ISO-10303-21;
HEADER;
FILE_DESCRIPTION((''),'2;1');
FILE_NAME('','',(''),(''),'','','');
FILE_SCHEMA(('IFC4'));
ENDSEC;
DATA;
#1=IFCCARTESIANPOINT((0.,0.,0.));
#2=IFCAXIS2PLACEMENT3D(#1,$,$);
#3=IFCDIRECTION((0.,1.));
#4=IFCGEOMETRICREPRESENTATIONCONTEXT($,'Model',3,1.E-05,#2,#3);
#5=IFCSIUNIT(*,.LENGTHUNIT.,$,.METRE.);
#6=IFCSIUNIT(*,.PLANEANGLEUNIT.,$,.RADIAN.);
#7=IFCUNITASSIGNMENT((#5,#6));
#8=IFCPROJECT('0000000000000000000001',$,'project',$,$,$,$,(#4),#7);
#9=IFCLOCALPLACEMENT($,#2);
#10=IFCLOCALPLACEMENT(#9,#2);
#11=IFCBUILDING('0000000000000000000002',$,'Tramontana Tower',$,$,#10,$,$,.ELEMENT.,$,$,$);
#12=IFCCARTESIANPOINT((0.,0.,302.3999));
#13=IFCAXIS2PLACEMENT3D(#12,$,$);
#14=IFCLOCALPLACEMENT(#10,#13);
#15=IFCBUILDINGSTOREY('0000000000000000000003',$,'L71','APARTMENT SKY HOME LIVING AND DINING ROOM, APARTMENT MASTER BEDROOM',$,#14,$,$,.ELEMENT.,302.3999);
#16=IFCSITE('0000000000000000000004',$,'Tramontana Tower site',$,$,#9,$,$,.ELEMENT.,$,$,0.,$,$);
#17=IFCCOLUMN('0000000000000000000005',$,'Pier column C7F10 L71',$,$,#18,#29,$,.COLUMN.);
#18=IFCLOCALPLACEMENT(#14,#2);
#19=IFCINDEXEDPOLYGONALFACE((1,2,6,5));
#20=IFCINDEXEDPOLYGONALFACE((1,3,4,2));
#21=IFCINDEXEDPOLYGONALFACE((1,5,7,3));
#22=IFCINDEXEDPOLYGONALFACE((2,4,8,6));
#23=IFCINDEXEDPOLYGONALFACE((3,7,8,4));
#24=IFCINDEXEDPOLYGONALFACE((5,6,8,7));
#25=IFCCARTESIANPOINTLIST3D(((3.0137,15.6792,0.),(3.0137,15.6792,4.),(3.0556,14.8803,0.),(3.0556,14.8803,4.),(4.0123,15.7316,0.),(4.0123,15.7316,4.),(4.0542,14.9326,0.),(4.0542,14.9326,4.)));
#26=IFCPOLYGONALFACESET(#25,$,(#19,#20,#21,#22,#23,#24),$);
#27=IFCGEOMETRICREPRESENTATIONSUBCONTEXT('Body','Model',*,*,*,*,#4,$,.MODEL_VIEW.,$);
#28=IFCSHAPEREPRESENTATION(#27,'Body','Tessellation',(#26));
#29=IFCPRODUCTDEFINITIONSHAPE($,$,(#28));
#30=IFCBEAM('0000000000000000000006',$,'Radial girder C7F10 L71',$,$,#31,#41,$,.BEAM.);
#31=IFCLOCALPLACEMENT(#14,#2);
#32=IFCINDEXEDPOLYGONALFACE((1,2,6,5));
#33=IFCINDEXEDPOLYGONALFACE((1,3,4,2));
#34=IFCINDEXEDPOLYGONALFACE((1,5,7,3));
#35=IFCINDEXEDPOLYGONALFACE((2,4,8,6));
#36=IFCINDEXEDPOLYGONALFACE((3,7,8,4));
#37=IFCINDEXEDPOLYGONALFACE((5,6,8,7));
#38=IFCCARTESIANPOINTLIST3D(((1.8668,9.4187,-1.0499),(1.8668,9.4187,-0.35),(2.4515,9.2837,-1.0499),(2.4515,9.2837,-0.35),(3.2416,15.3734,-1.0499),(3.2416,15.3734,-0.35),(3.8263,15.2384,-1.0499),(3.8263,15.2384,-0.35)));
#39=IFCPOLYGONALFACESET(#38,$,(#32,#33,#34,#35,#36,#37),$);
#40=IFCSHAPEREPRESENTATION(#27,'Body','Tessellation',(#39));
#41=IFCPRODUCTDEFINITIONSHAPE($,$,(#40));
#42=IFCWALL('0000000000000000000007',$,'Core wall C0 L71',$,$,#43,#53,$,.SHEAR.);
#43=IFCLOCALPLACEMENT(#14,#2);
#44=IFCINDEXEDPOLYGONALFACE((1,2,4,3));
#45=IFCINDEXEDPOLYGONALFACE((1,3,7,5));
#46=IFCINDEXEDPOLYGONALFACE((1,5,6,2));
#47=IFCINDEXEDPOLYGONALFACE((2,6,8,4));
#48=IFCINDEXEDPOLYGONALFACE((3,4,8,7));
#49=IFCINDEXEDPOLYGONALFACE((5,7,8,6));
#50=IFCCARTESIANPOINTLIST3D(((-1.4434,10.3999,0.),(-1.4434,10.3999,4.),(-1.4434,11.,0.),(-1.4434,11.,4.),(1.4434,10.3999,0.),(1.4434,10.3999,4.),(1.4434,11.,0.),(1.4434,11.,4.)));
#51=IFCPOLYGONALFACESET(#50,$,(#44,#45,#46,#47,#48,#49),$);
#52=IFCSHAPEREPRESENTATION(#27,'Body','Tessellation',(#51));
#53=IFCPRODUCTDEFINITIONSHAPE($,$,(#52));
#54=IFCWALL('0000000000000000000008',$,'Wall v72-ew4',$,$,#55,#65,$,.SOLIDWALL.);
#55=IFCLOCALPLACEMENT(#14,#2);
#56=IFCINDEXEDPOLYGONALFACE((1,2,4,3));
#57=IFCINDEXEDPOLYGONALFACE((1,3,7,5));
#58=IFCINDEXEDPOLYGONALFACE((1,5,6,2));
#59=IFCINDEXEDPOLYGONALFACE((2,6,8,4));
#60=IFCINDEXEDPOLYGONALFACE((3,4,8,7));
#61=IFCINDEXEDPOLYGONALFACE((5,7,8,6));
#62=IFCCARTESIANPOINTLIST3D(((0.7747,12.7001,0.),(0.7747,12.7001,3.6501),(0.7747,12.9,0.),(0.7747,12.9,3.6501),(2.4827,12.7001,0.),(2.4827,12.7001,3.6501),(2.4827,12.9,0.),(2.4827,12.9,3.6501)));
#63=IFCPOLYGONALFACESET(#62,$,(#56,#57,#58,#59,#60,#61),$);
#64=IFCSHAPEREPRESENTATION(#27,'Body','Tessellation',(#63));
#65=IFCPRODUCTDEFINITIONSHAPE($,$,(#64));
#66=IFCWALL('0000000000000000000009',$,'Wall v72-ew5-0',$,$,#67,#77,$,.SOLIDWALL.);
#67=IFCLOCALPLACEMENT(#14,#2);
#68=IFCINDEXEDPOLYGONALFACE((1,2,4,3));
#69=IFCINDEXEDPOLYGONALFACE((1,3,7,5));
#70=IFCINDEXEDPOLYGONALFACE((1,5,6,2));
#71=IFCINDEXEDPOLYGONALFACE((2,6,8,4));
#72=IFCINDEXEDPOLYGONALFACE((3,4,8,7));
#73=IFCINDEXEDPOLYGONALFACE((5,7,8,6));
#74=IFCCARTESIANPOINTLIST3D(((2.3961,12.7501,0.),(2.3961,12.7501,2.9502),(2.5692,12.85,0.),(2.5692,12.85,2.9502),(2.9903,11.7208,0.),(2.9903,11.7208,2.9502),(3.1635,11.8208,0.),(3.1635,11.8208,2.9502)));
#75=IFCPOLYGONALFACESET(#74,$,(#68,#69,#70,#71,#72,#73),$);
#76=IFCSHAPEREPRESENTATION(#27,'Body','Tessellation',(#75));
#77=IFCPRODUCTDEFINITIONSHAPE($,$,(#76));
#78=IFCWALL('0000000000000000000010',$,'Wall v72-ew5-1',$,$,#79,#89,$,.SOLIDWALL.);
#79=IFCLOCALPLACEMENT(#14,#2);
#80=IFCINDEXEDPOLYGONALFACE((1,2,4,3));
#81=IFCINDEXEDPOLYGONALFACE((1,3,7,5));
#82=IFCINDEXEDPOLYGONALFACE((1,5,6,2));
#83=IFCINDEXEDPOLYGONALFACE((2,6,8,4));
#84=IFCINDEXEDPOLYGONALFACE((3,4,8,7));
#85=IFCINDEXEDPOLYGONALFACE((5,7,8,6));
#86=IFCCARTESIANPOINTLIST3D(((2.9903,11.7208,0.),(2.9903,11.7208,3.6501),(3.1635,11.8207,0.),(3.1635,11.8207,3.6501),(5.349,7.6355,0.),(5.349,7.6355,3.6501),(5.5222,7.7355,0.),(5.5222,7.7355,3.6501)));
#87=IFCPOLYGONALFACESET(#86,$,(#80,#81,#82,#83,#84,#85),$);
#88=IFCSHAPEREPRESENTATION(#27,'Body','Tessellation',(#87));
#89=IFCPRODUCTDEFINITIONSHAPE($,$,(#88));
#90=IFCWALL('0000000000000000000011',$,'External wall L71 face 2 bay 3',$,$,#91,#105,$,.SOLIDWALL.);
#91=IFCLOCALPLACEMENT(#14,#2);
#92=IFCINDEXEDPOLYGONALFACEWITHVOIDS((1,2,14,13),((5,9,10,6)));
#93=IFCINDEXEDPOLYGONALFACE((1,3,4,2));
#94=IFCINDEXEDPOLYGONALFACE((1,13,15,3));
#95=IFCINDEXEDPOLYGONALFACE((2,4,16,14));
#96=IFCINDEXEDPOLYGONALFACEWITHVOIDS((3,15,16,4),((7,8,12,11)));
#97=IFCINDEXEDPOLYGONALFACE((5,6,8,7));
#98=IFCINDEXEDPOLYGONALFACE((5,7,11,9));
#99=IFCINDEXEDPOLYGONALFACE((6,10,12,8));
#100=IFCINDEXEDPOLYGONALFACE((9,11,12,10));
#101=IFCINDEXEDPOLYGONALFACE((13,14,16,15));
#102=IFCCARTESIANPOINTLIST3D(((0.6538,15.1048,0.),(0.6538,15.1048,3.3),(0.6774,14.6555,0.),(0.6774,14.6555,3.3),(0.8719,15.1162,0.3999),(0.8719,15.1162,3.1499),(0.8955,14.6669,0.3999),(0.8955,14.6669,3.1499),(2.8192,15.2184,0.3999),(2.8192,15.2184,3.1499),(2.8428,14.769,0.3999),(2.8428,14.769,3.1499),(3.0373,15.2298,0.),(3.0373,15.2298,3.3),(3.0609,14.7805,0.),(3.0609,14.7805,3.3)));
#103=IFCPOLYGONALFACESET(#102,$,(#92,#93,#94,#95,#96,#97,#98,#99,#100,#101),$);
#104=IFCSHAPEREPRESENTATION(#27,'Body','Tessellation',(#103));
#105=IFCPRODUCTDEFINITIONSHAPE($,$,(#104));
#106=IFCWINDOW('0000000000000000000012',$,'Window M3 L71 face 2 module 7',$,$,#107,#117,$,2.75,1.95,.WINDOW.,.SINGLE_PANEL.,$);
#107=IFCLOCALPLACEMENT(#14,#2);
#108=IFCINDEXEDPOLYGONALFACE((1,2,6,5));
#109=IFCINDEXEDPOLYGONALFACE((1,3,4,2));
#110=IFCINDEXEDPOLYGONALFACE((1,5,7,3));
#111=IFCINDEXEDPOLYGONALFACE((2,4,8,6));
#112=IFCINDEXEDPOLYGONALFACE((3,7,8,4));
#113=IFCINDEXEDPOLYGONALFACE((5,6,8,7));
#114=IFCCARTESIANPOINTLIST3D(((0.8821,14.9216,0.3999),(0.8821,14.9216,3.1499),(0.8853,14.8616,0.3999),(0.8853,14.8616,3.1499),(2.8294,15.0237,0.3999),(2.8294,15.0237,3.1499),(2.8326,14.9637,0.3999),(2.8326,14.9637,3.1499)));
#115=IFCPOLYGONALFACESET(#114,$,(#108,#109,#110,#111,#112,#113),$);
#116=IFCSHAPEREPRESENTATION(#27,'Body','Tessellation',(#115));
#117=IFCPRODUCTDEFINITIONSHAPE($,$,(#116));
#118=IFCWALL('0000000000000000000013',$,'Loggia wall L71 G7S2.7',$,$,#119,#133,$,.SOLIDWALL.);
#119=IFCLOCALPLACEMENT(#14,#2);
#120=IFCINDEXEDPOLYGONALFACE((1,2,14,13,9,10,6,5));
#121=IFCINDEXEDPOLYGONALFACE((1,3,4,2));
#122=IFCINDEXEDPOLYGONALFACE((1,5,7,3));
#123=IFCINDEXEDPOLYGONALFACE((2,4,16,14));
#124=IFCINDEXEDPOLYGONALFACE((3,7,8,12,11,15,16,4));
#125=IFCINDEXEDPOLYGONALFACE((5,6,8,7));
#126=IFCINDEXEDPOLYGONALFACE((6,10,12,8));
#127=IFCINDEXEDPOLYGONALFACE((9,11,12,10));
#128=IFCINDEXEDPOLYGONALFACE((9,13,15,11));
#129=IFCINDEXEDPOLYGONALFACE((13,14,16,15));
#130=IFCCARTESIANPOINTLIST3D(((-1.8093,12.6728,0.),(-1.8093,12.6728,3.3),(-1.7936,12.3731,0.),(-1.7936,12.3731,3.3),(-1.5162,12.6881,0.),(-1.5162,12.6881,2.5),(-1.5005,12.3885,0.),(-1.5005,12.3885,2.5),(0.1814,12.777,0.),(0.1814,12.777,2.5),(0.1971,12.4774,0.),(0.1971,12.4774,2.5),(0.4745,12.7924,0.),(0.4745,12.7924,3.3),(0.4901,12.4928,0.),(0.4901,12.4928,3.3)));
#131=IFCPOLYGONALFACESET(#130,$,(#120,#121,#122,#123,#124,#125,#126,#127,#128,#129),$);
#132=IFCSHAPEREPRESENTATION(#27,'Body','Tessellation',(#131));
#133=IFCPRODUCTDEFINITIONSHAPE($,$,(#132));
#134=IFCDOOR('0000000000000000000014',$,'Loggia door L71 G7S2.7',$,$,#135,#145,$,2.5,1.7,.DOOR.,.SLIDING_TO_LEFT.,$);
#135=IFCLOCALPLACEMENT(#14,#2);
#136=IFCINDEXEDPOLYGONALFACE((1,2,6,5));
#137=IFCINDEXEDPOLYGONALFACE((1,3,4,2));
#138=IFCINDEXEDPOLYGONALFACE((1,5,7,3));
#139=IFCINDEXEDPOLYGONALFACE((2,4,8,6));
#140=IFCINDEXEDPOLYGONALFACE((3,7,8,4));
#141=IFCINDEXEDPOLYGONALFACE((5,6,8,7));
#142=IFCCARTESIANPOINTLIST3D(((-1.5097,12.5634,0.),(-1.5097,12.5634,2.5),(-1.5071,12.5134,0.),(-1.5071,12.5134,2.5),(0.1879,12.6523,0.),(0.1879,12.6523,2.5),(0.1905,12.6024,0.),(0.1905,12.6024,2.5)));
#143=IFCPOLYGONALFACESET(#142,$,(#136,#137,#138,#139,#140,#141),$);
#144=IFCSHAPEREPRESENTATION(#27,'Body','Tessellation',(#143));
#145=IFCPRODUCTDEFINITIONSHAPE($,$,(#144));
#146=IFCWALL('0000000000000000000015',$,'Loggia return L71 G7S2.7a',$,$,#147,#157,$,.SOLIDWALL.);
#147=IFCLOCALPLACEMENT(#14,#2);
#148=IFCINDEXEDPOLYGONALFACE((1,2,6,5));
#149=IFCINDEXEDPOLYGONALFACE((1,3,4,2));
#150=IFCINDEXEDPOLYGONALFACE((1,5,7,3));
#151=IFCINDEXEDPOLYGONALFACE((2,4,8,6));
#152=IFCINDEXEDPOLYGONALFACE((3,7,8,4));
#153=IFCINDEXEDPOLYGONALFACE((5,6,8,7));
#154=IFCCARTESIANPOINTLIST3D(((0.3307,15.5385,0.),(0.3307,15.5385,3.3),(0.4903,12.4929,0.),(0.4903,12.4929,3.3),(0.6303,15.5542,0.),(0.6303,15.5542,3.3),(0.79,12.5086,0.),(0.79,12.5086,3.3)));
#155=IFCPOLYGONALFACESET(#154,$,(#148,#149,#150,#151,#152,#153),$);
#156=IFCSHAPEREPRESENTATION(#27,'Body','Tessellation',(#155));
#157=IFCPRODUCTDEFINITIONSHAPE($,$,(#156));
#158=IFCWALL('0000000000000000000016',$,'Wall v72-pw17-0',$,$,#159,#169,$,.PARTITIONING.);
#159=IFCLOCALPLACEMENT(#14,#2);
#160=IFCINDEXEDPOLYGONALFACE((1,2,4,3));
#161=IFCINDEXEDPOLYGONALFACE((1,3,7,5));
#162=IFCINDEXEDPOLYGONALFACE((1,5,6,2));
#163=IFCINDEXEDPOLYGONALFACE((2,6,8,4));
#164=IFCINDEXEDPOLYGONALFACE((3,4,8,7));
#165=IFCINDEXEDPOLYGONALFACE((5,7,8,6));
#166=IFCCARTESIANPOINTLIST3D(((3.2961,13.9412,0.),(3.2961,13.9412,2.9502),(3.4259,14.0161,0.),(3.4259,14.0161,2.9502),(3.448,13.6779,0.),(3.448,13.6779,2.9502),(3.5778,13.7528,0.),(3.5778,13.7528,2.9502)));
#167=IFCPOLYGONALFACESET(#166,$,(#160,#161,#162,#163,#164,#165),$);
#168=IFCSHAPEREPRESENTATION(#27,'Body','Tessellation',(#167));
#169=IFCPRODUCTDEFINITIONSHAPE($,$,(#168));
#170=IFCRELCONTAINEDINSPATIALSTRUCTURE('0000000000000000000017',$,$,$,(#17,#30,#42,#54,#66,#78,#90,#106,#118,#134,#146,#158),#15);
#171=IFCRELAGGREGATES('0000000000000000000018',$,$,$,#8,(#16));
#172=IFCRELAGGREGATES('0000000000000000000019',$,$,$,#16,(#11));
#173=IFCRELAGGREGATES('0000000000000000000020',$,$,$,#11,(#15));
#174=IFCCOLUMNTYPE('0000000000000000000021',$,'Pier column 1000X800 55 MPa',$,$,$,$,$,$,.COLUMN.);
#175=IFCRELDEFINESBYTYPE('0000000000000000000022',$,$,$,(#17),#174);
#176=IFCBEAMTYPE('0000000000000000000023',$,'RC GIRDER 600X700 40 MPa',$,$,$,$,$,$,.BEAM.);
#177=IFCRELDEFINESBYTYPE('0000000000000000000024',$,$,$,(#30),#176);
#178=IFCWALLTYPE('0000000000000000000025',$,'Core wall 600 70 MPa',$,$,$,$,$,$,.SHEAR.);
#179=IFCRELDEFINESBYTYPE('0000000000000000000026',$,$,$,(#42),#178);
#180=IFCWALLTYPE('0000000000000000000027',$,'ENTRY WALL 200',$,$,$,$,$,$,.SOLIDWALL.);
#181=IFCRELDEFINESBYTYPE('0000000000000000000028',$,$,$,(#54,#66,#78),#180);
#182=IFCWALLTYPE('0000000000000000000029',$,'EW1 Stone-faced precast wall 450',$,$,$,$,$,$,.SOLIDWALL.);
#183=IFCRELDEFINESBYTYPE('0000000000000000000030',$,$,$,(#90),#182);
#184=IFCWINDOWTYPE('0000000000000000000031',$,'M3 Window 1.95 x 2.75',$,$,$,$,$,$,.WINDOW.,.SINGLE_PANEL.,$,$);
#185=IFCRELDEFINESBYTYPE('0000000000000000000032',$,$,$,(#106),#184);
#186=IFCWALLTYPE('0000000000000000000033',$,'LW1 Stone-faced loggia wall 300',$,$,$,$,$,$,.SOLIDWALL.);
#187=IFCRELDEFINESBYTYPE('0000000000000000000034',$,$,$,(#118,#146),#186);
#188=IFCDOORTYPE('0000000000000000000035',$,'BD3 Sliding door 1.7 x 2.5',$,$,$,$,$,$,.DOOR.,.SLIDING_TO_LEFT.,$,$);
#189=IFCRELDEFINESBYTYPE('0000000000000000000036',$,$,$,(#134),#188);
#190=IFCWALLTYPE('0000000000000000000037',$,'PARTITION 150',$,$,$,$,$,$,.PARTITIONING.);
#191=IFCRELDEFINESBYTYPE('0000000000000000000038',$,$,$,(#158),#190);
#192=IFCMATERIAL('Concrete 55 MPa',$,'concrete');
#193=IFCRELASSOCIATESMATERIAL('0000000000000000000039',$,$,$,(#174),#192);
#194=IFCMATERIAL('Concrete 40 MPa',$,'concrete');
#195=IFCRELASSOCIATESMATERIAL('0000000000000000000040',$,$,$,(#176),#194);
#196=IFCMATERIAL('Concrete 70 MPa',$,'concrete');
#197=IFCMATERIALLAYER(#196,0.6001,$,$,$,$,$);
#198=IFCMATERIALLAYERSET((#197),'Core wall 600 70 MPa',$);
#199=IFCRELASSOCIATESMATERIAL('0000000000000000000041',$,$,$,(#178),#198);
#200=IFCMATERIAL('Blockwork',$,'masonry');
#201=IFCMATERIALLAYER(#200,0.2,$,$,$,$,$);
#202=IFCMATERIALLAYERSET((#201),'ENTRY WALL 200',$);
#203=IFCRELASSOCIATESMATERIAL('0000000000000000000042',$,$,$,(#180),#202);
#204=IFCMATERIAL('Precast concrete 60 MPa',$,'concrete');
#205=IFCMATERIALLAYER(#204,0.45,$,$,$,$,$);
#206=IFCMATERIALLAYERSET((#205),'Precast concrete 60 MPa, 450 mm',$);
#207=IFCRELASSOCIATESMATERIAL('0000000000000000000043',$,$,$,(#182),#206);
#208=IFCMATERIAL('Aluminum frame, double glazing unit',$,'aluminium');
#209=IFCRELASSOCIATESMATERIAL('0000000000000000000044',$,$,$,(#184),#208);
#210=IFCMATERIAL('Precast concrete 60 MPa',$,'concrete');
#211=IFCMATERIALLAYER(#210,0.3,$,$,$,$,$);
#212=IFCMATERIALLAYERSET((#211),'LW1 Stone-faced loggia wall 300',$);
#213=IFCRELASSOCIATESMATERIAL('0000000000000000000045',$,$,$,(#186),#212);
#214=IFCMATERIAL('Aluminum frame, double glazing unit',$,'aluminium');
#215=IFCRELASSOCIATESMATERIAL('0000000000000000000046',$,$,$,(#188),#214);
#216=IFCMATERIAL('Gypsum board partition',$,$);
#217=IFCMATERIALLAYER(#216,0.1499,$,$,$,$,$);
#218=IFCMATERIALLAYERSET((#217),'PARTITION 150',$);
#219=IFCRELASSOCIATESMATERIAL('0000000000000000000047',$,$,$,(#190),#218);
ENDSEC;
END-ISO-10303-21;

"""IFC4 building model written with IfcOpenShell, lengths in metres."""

from ifc_helpers import new_model, si_unit, direction, frame, frame_2d, origin, origin_2d, place, context, subcontext, project, spatial, rectangle, extrude, material, layer, layer_set, material_profile, profile_set, type_object, element, fill, save


model = new_model("IFC4")

# Units and contexts
model_context = context("Model", 3, precision=1e-05, world=origin(), true_north=direction((0.0, 1.0)))
body_context = subcontext(model_context, "Body", "Model", "MODEL_VIEW")
ifc_project = project(units=[si_unit("LENGTHUNIT", "METRE"), si_unit("PLANEANGLEUNIT", "RADIAN")], contexts=[model_context])

# Site, building, storey
site_placement = place(None, origin())
site = spatial("IfcSite", under=ifc_project, at=site_placement, Name="Tramontana Tower site", CompositionType="ELEMENT", RefElevation=0.0)
building_placement = place(site_placement, origin())
building = spatial("IfcBuilding", under=site, at=building_placement, Name="Tramontana Tower", CompositionType="ELEMENT")
storey_placement = place(building_placement, frame((0.0, 0.0, 302.3999)))
storey = spatial("IfcBuildingStorey", under=building, at=storey_placement, Name="L71", Description="APARTMENT SKY HOME LIVING AND DINING ROOM, APARTMENT MASTER BEDROOM", CompositionType="ELEMENT", Elevation=302.3999)

# Column
ifc_material_1 = material(Name="Concrete 55 MPa", Category="concrete")
ifc_material_profile_1 = material_profile(ifc_material_1, rectangle(XDim=1.0, YDim=0.8, at=origin_2d()), Name="Pier column 1000X800 55 MPa")
ifc_profile_set_1 = profile_set([ifc_material_profile_1], Name="Concrete 55 MPa")
column_type = type_object("IfcColumnType", Name="Pier column 1000X800 55 MPa", PredefinedType="COLUMN", material=ifc_profile_set_1)
column_placement = place(storey_placement, frame((3.5339, 15.3059, 0.0), z_axis=(0.0, 0.0, 1.0), x_axis=(-0.99863, -0.052336, 0.0)))
element("IfcColumn", 1, at=column_placement, inside=storey, type_object=column_type, Name="Pier column C7F10 L71", PredefinedType="COLUMN", context=body_context, shape_type="SweptSolid", body=[
    extrude(rectangle(XDim=1.0, YDim=0.8, at=origin_2d()), origin(), (0.0, 0.0, 1.0), 4.0),
])

# Beam
ifc_material_2 = material(Name="Concrete 40 MPa", Category="concrete")
ifc_material_profile_2 = material_profile(ifc_material_2, rectangle(XDim=0.6001, YDim=0.7, at=origin_2d()), Name="RC GIRDER 600X700 40 MPa")
ifc_profile_set_2 = profile_set([ifc_material_profile_2], Name="Concrete 40 MPa")
beam_type = type_object("IfcBeamType", Name="RC GIRDER 600X700 40 MPa", PredefinedType="BEAM", material=ifc_profile_set_2)
beam_placement = place(storey_placement, frame((3.5339, 15.3059, -0.7), z_axis=(-0.224956, -0.974369, 0.0), x_axis=(0.974369, -0.224956, 0.0)))
element("IfcBeam", 2, at=beam_placement, inside=storey, type_object=beam_type, Name="Radial girder C7F10 L71", PredefinedType="BEAM", context=body_context, shape_type="SweptSolid", body=[
    extrude(rectangle(XDim=0.6001, YDim=0.7, at=origin_2d()), origin(), (0.0, 0.0, 1.0), 6.1113),
])

# Walls
ifc_material_3 = material(Name="Concrete 70 MPa", Category="concrete")
ifc_layer_1 = layer(ifc_material_3, 0.6001)
ifc_layer_set_1 = layer_set([ifc_layer_1], Name="Core wall 600 70 MPa")
wall_type_1 = type_object("IfcWallType", Name="Core wall 600 70 MPa", PredefinedType="SHEAR", material=ifc_layer_set_1)
wall_1_placement = place(storey_placement, frame((1.4434, 10.7, 0.0), z_axis=(0.0, 0.0, 1.0), x_axis=(-1.0, 0.0, 0.0)))
element("IfcWall", 3, at=wall_1_placement, inside=storey, type_object=wall_type_1, Name="Core wall C0 L71", PredefinedType="SHEAR", context=body_context, shape_type="SweptSolid", body=[
    extrude(rectangle(XDim=2.8867, YDim=0.6001, at=frame_2d((1.4434, 0.0))), origin(), (0.0, 0.0, 1.0), 4.0),
])
ifc_material_4 = material(Name="Blockwork", Category="masonry")
ifc_layer_2 = layer(ifc_material_4, 0.2)
ifc_layer_set_2 = layer_set([ifc_layer_2], Name="ENTRY WALL 200")
wall_type_2 = type_object("IfcWallType", Name="ENTRY WALL 200", PredefinedType="SOLIDWALL", material=ifc_layer_set_2)
wall_2_placement = place(storey_placement, frame((0.7747, 12.8, 0.0), z_axis=(0.0, 0.0, 1.0), x_axis=(1.0, 0.0, 0.0)))
element("IfcWall", 4, at=wall_2_placement, inside=storey, type_object=wall_type_2, Name="Wall v72-ew4", PredefinedType="SOLIDWALL", context=body_context, shape_type="SweptSolid", body=[
    extrude(rectangle(XDim=1.708, YDim=0.2, at=frame_2d((0.854, 0.0))), origin(), (0.0, 0.0, 1.0), 3.6501),
])
wall_3_placement = place(storey_placement, frame((2.4827, 12.8, 0.0), z_axis=(0.0, 0.0, 1.0), x_axis=(0.499983, -0.866035, 0.0)))
element("IfcWall", 5, at=wall_3_placement, inside=storey, type_object=wall_type_2, Name="Wall v72-ew5-0", PredefinedType="SOLIDWALL", context=body_context, shape_type="SweptSolid", body=[
    extrude(rectangle(XDim=1.1885, YDim=0.2, at=frame_2d((0.5942, 0.0))), origin(), (0.0, 0.0, 1.0), 2.9502),
])
wall_4_placement = place(storey_placement, frame((3.0769, 11.7708, 0.0), z_axis=(0.0, 0.0, 1.0), x_axis=(0.500008, -0.866021, 0.0)))
element("IfcWall", 6, at=wall_4_placement, inside=storey, type_object=wall_type_2, Name="Wall v72-ew5-1", PredefinedType="SOLIDWALL", context=body_context, shape_type="SweptSolid", body=[
    extrude(rectangle(XDim=4.7173, YDim=0.2, at=frame_2d((2.3586, 0.0))), origin(), (0.0, 0.0, 1.0), 3.6501),
])

# Wall, opening, window
ifc_material_5 = material(Name="Precast concrete 60 MPa", Category="concrete")
ifc_layer_3 = layer(ifc_material_5, 0.45)
ifc_layer_set_3 = layer_set([ifc_layer_3], Name="Precast concrete 60 MPa, 450 mm")
wall_type_3 = type_object("IfcWallType", Name="EW1 Stone-faced precast wall 450", PredefinedType="SOLIDWALL", material=ifc_layer_set_3)
wall_5_placement = place(storey_placement, frame((3.0491, 15.0051, 0.0), z_axis=(0.0, 0.0, 1.0), x_axis=(-0.998628, -0.052371, 0.0)))
wall_5 = element("IfcWall", 7, at=wall_5_placement, inside=storey, type_object=wall_type_3, Name="External wall L71 face 2 bay 3", PredefinedType="SOLIDWALL", context=body_context, shape_type="SweptSolid", body=[
    extrude(rectangle(XDim=2.3867, YDim=0.45, at=frame_2d((1.1934, 0.0))), origin(), (0.0, 0.0, 1.0), 3.3),
])
opening_1_placement = place(wall_5_placement, frame((0.2183, 0.0, 0.3999)))
opening_1 = element("IfcOpeningElement", 8, at=opening_1_placement, cuts=wall_5, PredefinedType="OPENING", context=body_context, shape_type="SweptSolid", body=[
    extrude(rectangle(XDim=1.95, YDim=2.75, at=frame_2d((0.9751, 1.375))), frame((0.0, 0.2349, 0.0), z_axis=(0.0, -1.0, 0.0), x_axis=(1.0, 0.0, 0.0)), (0.0, 0.0, 1.0), 0.47),
])
ifc_material_6 = material(Name="Aluminum frame, double glazing unit", Category="aluminium")
window_type = type_object("IfcWindowType", Name="M3 Window 1.95 x 2.75", PartitioningType="SINGLE_PANEL", PredefinedType="WINDOW", material=ifc_material_6)
window_placement = place(opening_1_placement, origin())
window = element("IfcWindow", 9, at=window_placement, inside=storey, type_object=window_type, Name="Window M3 L71 face 2 module 7", OverallHeight=2.75, OverallWidth=1.95, PartitioningType="SINGLE_PANEL", PredefinedType="WINDOW", context=body_context, shape_type="SweptSolid", body=[
    extrude(rectangle(XDim=1.95, YDim=2.75, at=frame_2d((0.9751, 1.375))), frame((0.0, 0.03, 0.0), z_axis=(0.0, -1.0, 0.0), x_axis=(1.0, 0.0, 0.0)), (0.0, 0.0, 1.0), 0.0601),
])
fill(opening_1, window)

# Wall, opening, door
ifc_material_7 = material(Name="Precast concrete 60 MPa", Category="concrete")
ifc_layer_4 = layer(ifc_material_7, 0.3)
ifc_layer_set_4 = layer_set([ifc_layer_4], Name="LW1 Stone-faced loggia wall 300")
wall_type_4 = type_object("IfcWallType", Name="LW1 Stone-faced loggia wall 300", PredefinedType="SOLIDWALL", material=ifc_layer_set_4)
wall_6_placement = place(storey_placement, frame((0.4824, 12.6426, 0.0), z_axis=(0.0, 0.0, 1.0), x_axis=(-0.998631, -0.052312, 0.0)))
wall_6 = element("IfcWall", 10, at=wall_6_placement, inside=storey, type_object=wall_type_4, Name="Loggia wall L71 G7S2.7", PredefinedType="SOLIDWALL", context=body_context, shape_type="SweptSolid", body=[
    extrude(rectangle(XDim=2.2869, YDim=0.3, at=frame_2d((1.1436, 0.0))), origin(), (0.0, 0.0, 1.0), 3.3),
])
opening_2_placement = place(wall_6_placement, frame((0.2935, 0.0, 0.0)))
opening_2 = element("IfcOpeningElement", 11, at=opening_2_placement, cuts=wall_6, PredefinedType="OPENING", context=body_context, shape_type="SweptSolid", body=[
    extrude(rectangle(XDim=1.7, YDim=2.5, at=frame_2d((0.8501, 1.25))), frame((0.0, 0.1599, 0.0), z_axis=(0.0, -1.0, 0.0), x_axis=(1.0, 0.0, 0.0)), (0.0, 0.0, 1.0), 0.3201),
])
ifc_material_8 = material(Name="Aluminum frame, double glazing unit", Category="aluminium")
door_type_1 = type_object("IfcDoorType", Name="BD3 Sliding door 1.7 x 2.5", OperationType="SLIDING_TO_LEFT", PredefinedType="DOOR", material=ifc_material_8)
door_1_placement = place(opening_2_placement, origin())
door_1 = element("IfcDoor", 12, at=door_1_placement, inside=storey, type_object=door_type_1, Name="Loggia door L71 G7S2.7", OperationType="SLIDING_TO_LEFT", OverallHeight=2.5, OverallWidth=1.7, PredefinedType="DOOR", context=body_context, shape_type="SweptSolid", body=[
    extrude(rectangle(XDim=1.7, YDim=2.5, at=frame_2d((0.8501, 1.25))), frame((0.0, 0.0249, 0.0), z_axis=(0.0, -1.0, 0.0), x_axis=(1.0, 0.0, 0.0)), (0.0, 0.0, 1.0), 0.05),
])
fill(opening_2, door_1)

# Walls
wall_7_placement = place(storey_placement, frame((0.4805, 15.5464, 0.0), z_axis=(0.0, 0.0, 1.0), x_axis=(0.052353, -0.998629, 0.0)))
element("IfcWall", 13, at=wall_7_placement, inside=storey, type_object=wall_type_4, Name="Loggia return L71 G7S2.7a", PredefinedType="SOLIDWALL", context=body_context, shape_type="SweptSolid", body=[
    extrude(rectangle(XDim=3.0498, YDim=0.3, at=frame_2d((1.5249, 0.0))), origin(), (0.0, 0.0, 1.0), 3.3),
])
ifc_material_9 = material(Name="Gypsum board partition")
ifc_layer_5 = layer(ifc_material_9, 0.1499)
ifc_layer_set_5 = layer_set([ifc_layer_5], Name="PARTITION 150")
wall_type_5 = type_object("IfcWallType", Name="PARTITION 150", PredefinedType="PARTITIONING", material=ifc_layer_set_5)
wall_8_placement = place(storey_placement, frame((3.3611, 13.9785, 0.0), z_axis=(0.0, 0.0, 1.0), x_axis=(0.499769, -0.866159, 0.0)))
element("IfcWall", 14, at=wall_8_placement, inside=storey, type_object=wall_type_5, Name="Wall v72-pw17-0", PredefinedType="PARTITIONING", context=body_context, shape_type="SweptSolid", body=[
    extrude(rectangle(XDim=0.304, YDim=0.1499, at=frame_2d((0.1519, 0.0))), origin(), (0.0, 0.0, 1.0), 2.9502),
])

save(model, "model.ifc")
